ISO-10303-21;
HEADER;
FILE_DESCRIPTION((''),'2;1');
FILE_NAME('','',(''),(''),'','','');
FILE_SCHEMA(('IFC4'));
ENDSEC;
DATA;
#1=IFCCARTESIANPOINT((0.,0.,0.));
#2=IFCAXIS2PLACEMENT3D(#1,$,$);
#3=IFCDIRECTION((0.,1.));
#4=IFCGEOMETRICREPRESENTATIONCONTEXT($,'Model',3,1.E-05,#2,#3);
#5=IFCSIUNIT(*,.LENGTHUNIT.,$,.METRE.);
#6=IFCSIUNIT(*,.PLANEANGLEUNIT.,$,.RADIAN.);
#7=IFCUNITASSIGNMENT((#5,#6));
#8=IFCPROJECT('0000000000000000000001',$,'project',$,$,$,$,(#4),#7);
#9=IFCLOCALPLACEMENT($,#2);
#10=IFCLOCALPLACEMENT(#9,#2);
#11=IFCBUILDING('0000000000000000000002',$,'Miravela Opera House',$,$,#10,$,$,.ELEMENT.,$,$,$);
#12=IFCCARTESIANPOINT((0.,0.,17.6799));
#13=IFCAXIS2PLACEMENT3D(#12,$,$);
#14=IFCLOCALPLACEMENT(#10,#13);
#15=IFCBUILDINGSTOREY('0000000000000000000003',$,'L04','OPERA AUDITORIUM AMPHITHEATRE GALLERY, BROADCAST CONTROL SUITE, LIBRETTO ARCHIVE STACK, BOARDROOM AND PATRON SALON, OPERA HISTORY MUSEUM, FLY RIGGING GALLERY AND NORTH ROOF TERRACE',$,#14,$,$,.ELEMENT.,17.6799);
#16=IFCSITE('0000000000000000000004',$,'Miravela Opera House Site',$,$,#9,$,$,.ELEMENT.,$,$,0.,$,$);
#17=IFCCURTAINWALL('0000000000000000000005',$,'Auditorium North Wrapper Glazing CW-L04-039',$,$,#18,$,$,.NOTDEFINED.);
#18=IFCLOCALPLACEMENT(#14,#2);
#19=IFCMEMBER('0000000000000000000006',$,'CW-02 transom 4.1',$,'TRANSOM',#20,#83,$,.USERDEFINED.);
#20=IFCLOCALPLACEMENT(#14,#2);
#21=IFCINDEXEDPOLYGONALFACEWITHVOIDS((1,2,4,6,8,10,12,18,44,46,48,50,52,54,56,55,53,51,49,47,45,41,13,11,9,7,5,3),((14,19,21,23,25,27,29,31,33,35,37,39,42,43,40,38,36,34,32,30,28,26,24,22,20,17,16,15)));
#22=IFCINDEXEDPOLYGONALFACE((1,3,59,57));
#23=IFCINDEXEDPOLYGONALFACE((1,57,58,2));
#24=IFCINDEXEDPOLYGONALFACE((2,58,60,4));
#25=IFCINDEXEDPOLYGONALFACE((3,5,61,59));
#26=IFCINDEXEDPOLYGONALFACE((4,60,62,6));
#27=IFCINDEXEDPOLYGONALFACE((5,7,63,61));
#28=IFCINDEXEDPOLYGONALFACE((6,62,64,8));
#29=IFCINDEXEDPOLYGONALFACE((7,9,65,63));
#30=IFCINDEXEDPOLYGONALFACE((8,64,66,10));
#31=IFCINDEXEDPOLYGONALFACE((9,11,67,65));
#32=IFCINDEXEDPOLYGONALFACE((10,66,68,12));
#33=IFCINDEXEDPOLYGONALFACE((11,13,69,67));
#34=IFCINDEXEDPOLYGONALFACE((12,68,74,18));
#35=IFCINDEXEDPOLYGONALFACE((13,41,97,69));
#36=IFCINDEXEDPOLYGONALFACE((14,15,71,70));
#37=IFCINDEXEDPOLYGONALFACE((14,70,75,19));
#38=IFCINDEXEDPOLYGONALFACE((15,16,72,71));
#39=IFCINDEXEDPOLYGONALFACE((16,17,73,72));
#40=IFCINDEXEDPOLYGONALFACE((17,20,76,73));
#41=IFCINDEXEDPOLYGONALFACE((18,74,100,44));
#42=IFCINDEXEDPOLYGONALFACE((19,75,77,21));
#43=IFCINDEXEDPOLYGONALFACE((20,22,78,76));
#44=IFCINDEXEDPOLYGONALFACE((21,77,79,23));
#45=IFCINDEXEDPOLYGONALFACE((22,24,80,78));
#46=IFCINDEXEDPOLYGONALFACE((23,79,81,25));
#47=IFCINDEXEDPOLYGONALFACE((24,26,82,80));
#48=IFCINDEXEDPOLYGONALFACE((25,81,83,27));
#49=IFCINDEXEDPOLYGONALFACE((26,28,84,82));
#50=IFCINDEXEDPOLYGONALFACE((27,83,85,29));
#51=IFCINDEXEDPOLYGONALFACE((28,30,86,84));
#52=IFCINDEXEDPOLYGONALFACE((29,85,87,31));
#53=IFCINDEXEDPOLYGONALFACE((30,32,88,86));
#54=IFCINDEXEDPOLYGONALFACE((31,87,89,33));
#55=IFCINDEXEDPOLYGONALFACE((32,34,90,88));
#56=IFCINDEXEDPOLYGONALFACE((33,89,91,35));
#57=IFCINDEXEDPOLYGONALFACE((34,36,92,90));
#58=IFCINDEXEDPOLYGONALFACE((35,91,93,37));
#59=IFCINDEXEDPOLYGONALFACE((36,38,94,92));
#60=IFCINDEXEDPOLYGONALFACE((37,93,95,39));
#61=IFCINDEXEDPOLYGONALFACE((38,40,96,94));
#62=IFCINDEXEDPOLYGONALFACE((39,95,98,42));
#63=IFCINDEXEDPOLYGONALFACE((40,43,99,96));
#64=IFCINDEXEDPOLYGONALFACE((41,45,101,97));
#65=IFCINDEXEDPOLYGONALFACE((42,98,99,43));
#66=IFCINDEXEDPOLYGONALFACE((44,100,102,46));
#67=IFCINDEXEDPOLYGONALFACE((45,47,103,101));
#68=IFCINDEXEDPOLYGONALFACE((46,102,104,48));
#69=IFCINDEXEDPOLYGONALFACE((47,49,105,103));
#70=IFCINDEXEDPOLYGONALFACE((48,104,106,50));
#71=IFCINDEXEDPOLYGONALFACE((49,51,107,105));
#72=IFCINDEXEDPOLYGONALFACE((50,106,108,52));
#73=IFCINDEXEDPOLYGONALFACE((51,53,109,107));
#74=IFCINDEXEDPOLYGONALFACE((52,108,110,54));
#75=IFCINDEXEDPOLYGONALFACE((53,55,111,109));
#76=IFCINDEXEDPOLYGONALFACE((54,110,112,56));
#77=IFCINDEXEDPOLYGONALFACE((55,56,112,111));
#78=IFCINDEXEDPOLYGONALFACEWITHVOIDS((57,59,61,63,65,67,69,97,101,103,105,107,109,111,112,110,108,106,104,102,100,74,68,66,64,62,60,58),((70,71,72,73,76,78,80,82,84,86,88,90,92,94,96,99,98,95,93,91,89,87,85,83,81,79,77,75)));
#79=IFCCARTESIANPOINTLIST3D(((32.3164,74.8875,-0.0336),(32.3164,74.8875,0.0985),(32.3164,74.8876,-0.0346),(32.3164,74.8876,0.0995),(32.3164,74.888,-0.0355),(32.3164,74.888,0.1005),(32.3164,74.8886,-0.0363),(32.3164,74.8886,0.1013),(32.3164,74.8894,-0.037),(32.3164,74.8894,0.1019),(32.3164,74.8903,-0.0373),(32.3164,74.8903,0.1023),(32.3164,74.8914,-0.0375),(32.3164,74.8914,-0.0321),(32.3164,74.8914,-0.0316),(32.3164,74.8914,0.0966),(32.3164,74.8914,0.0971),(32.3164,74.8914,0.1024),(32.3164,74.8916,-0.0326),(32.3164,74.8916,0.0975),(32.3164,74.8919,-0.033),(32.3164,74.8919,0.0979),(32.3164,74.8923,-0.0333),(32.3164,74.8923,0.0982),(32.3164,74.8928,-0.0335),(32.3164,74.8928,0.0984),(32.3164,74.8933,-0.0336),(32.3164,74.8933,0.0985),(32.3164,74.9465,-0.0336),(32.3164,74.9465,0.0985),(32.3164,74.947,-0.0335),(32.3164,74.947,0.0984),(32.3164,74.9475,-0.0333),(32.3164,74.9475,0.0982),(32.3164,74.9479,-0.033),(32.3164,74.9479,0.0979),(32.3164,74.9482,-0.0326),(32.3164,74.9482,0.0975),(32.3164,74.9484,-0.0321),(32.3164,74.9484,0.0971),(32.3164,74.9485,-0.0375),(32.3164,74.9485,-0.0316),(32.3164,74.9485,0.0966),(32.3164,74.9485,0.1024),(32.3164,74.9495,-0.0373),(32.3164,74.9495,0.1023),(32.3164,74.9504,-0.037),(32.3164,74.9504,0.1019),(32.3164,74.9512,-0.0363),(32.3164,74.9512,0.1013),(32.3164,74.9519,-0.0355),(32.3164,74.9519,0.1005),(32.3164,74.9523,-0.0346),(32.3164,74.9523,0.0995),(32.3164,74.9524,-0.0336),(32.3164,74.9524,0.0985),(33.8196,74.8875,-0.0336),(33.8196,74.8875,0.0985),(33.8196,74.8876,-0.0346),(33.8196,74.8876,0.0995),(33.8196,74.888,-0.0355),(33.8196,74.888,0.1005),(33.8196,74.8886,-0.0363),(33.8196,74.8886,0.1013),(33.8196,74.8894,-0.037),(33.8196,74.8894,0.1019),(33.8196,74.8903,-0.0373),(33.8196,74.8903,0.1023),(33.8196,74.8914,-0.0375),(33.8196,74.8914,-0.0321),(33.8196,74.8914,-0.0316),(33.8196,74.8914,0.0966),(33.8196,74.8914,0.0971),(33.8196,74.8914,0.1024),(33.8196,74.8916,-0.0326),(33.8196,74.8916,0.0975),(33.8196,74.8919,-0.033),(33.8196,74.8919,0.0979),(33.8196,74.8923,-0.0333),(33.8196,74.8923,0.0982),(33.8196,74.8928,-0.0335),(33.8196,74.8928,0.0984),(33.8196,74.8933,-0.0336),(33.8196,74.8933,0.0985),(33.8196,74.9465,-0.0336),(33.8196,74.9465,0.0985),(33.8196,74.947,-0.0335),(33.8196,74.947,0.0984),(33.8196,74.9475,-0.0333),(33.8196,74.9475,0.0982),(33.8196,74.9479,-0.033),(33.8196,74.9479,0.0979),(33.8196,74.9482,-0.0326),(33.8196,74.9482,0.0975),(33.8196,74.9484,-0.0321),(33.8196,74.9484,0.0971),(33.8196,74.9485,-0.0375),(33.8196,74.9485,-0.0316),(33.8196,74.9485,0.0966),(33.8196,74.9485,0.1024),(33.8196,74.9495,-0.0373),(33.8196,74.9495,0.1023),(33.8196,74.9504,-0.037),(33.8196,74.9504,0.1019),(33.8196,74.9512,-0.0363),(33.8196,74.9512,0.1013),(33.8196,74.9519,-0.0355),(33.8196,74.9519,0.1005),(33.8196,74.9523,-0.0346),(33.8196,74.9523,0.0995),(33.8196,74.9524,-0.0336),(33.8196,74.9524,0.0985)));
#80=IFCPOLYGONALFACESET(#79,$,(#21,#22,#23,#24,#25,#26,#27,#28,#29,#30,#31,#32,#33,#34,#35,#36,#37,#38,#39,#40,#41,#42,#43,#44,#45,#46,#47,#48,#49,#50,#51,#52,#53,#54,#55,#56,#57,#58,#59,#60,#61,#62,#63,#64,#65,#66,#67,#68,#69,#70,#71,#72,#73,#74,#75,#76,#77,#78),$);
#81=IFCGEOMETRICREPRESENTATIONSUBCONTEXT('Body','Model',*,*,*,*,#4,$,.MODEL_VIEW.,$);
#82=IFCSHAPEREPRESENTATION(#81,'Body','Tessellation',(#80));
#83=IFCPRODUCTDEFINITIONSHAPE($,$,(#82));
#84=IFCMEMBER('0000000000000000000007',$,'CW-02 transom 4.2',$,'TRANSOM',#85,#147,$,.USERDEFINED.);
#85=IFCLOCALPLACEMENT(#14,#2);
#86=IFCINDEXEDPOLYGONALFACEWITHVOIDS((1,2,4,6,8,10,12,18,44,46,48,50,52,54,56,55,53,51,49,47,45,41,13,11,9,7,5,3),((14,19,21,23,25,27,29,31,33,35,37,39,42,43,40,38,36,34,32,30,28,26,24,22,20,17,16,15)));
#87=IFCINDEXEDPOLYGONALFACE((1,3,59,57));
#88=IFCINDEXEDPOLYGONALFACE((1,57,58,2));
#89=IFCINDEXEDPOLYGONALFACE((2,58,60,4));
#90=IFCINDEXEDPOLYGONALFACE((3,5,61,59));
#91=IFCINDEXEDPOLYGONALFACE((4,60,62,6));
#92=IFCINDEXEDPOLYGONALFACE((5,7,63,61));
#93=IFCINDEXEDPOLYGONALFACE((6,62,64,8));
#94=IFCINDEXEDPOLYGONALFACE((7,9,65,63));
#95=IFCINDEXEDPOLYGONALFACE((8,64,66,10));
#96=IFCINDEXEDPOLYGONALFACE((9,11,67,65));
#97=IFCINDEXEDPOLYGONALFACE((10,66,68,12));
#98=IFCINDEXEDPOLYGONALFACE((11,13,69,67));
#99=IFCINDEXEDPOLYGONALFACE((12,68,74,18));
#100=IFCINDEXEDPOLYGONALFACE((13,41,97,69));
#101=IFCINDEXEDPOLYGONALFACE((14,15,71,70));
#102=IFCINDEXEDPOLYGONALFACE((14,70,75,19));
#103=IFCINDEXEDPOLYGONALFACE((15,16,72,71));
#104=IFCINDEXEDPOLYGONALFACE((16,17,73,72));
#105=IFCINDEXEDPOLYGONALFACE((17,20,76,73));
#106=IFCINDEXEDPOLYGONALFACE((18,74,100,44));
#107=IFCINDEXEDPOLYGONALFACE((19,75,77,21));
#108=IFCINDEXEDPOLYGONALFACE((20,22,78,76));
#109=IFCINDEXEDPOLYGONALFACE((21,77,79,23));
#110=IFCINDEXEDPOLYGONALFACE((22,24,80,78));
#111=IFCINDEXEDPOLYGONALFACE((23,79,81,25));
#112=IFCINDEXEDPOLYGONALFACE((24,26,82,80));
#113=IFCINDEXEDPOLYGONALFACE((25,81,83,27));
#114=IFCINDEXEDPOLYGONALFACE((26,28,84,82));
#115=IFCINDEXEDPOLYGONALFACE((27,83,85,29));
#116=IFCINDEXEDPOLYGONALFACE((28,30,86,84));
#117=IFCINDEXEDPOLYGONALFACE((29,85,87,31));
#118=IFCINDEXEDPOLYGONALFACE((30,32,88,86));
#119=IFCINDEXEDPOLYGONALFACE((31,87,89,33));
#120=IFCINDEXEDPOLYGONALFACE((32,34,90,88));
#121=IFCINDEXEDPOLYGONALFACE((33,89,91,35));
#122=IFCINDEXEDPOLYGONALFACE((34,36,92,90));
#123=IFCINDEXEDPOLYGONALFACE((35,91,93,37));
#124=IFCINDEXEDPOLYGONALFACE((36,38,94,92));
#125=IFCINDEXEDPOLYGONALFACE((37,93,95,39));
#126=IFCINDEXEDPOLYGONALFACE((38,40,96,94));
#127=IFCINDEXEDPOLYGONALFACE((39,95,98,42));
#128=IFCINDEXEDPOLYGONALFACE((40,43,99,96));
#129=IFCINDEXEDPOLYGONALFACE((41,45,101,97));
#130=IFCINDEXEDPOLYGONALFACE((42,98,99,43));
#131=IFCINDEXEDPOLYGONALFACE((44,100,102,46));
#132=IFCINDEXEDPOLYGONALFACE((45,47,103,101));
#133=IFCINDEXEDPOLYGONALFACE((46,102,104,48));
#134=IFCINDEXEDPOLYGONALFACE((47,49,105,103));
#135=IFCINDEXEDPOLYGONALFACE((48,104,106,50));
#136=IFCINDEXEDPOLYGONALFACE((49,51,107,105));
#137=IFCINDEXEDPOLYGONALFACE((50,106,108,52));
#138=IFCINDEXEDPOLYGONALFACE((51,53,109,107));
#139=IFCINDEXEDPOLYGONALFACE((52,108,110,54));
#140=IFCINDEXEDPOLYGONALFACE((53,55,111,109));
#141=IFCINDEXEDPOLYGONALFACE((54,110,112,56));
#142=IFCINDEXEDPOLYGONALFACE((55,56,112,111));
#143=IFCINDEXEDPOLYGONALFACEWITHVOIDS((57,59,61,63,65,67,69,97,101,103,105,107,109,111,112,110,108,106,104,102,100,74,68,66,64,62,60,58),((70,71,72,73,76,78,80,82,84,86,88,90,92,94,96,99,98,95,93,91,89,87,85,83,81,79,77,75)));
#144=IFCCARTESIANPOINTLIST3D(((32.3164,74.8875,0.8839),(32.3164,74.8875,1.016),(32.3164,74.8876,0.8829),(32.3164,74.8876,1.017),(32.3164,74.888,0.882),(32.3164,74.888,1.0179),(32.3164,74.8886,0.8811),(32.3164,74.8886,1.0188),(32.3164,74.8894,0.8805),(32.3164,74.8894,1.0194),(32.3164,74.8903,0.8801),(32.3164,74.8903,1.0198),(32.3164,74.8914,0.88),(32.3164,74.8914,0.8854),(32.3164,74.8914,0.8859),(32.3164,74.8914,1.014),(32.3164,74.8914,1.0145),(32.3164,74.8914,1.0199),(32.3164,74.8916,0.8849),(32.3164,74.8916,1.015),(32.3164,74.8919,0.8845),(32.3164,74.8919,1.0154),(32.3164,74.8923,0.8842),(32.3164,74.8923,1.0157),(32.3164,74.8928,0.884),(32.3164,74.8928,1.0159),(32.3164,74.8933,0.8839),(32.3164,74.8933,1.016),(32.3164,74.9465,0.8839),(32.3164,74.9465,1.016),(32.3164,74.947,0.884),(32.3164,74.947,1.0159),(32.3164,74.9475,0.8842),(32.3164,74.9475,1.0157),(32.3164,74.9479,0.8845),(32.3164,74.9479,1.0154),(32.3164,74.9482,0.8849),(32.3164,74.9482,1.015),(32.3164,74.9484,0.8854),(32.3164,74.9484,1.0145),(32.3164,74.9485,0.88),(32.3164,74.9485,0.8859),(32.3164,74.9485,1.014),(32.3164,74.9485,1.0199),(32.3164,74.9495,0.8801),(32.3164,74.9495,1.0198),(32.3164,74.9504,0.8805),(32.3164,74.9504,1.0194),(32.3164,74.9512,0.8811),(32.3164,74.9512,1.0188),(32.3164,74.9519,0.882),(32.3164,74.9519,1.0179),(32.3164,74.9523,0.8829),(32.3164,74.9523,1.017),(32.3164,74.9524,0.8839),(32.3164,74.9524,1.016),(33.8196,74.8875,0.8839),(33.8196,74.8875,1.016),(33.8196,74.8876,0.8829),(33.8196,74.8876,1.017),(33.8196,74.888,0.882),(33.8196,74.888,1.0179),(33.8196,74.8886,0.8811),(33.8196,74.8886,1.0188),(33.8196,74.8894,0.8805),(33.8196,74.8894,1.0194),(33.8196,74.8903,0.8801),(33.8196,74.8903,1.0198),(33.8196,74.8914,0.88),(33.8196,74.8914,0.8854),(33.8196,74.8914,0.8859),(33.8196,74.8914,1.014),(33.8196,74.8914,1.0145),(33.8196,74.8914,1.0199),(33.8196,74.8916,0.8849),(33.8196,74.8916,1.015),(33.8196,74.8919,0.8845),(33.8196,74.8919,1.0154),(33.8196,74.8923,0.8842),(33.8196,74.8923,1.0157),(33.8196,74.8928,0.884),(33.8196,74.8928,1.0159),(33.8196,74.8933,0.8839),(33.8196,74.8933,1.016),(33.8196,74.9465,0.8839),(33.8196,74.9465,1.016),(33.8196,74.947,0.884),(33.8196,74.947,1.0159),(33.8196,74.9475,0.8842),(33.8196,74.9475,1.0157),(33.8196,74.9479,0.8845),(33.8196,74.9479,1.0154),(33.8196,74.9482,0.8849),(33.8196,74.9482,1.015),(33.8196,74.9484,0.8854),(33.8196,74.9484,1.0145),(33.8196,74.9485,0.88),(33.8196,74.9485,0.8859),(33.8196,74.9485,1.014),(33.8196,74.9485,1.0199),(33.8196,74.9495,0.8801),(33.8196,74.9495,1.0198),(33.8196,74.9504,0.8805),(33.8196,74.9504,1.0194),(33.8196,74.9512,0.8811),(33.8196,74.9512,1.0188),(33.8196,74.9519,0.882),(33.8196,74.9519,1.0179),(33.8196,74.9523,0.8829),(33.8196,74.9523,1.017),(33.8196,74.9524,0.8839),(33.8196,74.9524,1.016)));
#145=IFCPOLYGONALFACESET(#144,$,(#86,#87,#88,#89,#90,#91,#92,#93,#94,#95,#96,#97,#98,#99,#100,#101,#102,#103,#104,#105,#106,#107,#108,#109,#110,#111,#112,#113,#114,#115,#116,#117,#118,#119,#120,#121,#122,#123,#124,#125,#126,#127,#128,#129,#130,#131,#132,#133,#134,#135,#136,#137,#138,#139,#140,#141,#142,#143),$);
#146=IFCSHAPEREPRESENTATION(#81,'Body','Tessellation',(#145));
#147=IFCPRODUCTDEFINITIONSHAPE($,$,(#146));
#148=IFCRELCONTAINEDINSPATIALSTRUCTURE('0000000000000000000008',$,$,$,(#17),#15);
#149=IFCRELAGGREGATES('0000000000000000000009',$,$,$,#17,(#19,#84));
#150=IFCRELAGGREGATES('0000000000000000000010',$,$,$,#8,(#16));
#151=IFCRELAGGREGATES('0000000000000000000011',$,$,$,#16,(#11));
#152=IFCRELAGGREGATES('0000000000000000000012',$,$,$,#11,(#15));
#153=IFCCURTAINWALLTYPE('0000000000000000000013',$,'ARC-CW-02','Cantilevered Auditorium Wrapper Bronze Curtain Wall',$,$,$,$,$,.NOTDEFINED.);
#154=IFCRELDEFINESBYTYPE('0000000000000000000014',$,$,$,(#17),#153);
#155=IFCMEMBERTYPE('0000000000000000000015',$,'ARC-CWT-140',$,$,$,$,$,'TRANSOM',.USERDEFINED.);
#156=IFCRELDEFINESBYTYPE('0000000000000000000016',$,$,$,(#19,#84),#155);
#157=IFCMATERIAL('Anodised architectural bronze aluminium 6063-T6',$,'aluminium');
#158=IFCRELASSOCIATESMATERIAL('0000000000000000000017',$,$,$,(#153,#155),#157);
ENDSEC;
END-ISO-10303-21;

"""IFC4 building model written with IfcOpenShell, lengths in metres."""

from ifc_helpers import new_model, si_unit, direction, frame, origin, origin_2d, place, context, subcontext, project, spatial, hollow_rectangle, extrude, material, material_profile, profile_set, type_object, element, aggregate, save


model = new_model("IFC4")

# Units and contexts
model_context = context("Model", 3, precision=1e-05, world=origin(), true_north=direction((0.0, 1.0)))
body_context = subcontext(model_context, "Body", "Model", "MODEL_VIEW")
ifc_project = project(units=[si_unit("LENGTHUNIT", "METRE"), si_unit("PLANEANGLEUNIT", "RADIAN")], contexts=[model_context])

# Site, building, storey
site_placement = place(None, origin())
site = spatial("IfcSite", under=ifc_project, at=site_placement, Name="Miravela Opera House Site", CompositionType="ELEMENT", RefElevation=0.0)
building_placement = place(site_placement, origin())
building = spatial("IfcBuilding", under=site, at=building_placement, Name="Miravela Opera House", CompositionType="ELEMENT")
storey_placement = place(building_placement, frame((0.0, 0.0, 17.6799)))
storey = spatial("IfcBuildingStorey", under=building, at=storey_placement, Name="L04", Description="OPERA AUDITORIUM AMPHITHEATRE GALLERY, BROADCAST CONTROL SUITE, LIBRETTO ARCHIVE STACK, BOARDROOM AND PATRON SALON, OPERA HISTORY MUSEUM, FLY RIGGING GALLERY AND NORTH ROOF TERRACE", CompositionType="ELEMENT", Elevation=17.6799)

# Curtain wall
ifc_material_1 = material(Name="Anodised architectural bronze aluminium 6063-T6", Category="aluminium")
curtain_wall_type = type_object("IfcCurtainWallType", Name="ARC-CW-02", Description="Cantilevered Auditorium Wrapper Bronze Curtain Wall", PredefinedType="NOTDEFINED", material=ifc_material_1)
curtain_wall_1_placement = place(storey_placement, origin())
curtain_wall_1 = element("IfcCurtainWall", 1, at=curtain_wall_1_placement, inside=storey, type_object=curtain_wall_type, Name="Auditorium North Wrapper Glazing CW-L04-039", PredefinedType="NOTDEFINED")

# Members
ifc_material_profile_1 = material_profile(ifc_material_1, hollow_rectangle(XDim=0.0649, YDim=0.1399, WallThickness=0.0039, InnerFilletRadius=0.002, OuterFilletRadius=0.0039, at=origin_2d()), Name="CWT-65X140")
ifc_profile_set_1 = profile_set([ifc_material_profile_1])
member_type_1 = type_object("IfcMemberType", Name="ARC-CWT-140", ElementType="TRANSOM", PredefinedType="USERDEFINED", material=ifc_profile_set_1)
member_1_placement = place(storey_placement, frame((32.3164, 74.9199, 0.0325), z_axis=(1.0, 0.0, 0.0), x_axis=(0.0, 1.0, 0.0)))
member_1 = element("IfcMember", 2, at=member_1_placement, type_object=member_type_1, Name="CW-02 transom 4.1", ObjectType="TRANSOM", PredefinedType="USERDEFINED", context=body_context, shape_type="SweptSolid", body=[
    extrude(hollow_rectangle(XDim=0.0649, YDim=0.1399, WallThickness=0.0039, InnerFilletRadius=0.002, OuterFilletRadius=0.0039, at=origin_2d()), origin(), (0.0, 0.0, 1.0), 1.5032),
])
member_2_placement = place(storey_placement, frame((32.3164, 74.9199, 0.95), z_axis=(1.0, 0.0, 0.0), x_axis=(0.0, 1.0, 0.0)))
member_2 = element("IfcMember", 3, at=member_2_placement, type_object=member_type_1, Name="CW-02 transom 4.2", ObjectType="TRANSOM", PredefinedType="USERDEFINED", context=body_context, shape_type="SweptSolid", body=[
    extrude(hollow_rectangle(XDim=0.0649, YDim=0.1399, WallThickness=0.0039, InnerFilletRadius=0.002, OuterFilletRadius=0.0039, at=origin_2d()), origin(), (0.0, 0.0, 1.0), 1.5032),
])

aggregate(curtain_wall_1, [member_1, member_2])

save(model, "model.ifc")
